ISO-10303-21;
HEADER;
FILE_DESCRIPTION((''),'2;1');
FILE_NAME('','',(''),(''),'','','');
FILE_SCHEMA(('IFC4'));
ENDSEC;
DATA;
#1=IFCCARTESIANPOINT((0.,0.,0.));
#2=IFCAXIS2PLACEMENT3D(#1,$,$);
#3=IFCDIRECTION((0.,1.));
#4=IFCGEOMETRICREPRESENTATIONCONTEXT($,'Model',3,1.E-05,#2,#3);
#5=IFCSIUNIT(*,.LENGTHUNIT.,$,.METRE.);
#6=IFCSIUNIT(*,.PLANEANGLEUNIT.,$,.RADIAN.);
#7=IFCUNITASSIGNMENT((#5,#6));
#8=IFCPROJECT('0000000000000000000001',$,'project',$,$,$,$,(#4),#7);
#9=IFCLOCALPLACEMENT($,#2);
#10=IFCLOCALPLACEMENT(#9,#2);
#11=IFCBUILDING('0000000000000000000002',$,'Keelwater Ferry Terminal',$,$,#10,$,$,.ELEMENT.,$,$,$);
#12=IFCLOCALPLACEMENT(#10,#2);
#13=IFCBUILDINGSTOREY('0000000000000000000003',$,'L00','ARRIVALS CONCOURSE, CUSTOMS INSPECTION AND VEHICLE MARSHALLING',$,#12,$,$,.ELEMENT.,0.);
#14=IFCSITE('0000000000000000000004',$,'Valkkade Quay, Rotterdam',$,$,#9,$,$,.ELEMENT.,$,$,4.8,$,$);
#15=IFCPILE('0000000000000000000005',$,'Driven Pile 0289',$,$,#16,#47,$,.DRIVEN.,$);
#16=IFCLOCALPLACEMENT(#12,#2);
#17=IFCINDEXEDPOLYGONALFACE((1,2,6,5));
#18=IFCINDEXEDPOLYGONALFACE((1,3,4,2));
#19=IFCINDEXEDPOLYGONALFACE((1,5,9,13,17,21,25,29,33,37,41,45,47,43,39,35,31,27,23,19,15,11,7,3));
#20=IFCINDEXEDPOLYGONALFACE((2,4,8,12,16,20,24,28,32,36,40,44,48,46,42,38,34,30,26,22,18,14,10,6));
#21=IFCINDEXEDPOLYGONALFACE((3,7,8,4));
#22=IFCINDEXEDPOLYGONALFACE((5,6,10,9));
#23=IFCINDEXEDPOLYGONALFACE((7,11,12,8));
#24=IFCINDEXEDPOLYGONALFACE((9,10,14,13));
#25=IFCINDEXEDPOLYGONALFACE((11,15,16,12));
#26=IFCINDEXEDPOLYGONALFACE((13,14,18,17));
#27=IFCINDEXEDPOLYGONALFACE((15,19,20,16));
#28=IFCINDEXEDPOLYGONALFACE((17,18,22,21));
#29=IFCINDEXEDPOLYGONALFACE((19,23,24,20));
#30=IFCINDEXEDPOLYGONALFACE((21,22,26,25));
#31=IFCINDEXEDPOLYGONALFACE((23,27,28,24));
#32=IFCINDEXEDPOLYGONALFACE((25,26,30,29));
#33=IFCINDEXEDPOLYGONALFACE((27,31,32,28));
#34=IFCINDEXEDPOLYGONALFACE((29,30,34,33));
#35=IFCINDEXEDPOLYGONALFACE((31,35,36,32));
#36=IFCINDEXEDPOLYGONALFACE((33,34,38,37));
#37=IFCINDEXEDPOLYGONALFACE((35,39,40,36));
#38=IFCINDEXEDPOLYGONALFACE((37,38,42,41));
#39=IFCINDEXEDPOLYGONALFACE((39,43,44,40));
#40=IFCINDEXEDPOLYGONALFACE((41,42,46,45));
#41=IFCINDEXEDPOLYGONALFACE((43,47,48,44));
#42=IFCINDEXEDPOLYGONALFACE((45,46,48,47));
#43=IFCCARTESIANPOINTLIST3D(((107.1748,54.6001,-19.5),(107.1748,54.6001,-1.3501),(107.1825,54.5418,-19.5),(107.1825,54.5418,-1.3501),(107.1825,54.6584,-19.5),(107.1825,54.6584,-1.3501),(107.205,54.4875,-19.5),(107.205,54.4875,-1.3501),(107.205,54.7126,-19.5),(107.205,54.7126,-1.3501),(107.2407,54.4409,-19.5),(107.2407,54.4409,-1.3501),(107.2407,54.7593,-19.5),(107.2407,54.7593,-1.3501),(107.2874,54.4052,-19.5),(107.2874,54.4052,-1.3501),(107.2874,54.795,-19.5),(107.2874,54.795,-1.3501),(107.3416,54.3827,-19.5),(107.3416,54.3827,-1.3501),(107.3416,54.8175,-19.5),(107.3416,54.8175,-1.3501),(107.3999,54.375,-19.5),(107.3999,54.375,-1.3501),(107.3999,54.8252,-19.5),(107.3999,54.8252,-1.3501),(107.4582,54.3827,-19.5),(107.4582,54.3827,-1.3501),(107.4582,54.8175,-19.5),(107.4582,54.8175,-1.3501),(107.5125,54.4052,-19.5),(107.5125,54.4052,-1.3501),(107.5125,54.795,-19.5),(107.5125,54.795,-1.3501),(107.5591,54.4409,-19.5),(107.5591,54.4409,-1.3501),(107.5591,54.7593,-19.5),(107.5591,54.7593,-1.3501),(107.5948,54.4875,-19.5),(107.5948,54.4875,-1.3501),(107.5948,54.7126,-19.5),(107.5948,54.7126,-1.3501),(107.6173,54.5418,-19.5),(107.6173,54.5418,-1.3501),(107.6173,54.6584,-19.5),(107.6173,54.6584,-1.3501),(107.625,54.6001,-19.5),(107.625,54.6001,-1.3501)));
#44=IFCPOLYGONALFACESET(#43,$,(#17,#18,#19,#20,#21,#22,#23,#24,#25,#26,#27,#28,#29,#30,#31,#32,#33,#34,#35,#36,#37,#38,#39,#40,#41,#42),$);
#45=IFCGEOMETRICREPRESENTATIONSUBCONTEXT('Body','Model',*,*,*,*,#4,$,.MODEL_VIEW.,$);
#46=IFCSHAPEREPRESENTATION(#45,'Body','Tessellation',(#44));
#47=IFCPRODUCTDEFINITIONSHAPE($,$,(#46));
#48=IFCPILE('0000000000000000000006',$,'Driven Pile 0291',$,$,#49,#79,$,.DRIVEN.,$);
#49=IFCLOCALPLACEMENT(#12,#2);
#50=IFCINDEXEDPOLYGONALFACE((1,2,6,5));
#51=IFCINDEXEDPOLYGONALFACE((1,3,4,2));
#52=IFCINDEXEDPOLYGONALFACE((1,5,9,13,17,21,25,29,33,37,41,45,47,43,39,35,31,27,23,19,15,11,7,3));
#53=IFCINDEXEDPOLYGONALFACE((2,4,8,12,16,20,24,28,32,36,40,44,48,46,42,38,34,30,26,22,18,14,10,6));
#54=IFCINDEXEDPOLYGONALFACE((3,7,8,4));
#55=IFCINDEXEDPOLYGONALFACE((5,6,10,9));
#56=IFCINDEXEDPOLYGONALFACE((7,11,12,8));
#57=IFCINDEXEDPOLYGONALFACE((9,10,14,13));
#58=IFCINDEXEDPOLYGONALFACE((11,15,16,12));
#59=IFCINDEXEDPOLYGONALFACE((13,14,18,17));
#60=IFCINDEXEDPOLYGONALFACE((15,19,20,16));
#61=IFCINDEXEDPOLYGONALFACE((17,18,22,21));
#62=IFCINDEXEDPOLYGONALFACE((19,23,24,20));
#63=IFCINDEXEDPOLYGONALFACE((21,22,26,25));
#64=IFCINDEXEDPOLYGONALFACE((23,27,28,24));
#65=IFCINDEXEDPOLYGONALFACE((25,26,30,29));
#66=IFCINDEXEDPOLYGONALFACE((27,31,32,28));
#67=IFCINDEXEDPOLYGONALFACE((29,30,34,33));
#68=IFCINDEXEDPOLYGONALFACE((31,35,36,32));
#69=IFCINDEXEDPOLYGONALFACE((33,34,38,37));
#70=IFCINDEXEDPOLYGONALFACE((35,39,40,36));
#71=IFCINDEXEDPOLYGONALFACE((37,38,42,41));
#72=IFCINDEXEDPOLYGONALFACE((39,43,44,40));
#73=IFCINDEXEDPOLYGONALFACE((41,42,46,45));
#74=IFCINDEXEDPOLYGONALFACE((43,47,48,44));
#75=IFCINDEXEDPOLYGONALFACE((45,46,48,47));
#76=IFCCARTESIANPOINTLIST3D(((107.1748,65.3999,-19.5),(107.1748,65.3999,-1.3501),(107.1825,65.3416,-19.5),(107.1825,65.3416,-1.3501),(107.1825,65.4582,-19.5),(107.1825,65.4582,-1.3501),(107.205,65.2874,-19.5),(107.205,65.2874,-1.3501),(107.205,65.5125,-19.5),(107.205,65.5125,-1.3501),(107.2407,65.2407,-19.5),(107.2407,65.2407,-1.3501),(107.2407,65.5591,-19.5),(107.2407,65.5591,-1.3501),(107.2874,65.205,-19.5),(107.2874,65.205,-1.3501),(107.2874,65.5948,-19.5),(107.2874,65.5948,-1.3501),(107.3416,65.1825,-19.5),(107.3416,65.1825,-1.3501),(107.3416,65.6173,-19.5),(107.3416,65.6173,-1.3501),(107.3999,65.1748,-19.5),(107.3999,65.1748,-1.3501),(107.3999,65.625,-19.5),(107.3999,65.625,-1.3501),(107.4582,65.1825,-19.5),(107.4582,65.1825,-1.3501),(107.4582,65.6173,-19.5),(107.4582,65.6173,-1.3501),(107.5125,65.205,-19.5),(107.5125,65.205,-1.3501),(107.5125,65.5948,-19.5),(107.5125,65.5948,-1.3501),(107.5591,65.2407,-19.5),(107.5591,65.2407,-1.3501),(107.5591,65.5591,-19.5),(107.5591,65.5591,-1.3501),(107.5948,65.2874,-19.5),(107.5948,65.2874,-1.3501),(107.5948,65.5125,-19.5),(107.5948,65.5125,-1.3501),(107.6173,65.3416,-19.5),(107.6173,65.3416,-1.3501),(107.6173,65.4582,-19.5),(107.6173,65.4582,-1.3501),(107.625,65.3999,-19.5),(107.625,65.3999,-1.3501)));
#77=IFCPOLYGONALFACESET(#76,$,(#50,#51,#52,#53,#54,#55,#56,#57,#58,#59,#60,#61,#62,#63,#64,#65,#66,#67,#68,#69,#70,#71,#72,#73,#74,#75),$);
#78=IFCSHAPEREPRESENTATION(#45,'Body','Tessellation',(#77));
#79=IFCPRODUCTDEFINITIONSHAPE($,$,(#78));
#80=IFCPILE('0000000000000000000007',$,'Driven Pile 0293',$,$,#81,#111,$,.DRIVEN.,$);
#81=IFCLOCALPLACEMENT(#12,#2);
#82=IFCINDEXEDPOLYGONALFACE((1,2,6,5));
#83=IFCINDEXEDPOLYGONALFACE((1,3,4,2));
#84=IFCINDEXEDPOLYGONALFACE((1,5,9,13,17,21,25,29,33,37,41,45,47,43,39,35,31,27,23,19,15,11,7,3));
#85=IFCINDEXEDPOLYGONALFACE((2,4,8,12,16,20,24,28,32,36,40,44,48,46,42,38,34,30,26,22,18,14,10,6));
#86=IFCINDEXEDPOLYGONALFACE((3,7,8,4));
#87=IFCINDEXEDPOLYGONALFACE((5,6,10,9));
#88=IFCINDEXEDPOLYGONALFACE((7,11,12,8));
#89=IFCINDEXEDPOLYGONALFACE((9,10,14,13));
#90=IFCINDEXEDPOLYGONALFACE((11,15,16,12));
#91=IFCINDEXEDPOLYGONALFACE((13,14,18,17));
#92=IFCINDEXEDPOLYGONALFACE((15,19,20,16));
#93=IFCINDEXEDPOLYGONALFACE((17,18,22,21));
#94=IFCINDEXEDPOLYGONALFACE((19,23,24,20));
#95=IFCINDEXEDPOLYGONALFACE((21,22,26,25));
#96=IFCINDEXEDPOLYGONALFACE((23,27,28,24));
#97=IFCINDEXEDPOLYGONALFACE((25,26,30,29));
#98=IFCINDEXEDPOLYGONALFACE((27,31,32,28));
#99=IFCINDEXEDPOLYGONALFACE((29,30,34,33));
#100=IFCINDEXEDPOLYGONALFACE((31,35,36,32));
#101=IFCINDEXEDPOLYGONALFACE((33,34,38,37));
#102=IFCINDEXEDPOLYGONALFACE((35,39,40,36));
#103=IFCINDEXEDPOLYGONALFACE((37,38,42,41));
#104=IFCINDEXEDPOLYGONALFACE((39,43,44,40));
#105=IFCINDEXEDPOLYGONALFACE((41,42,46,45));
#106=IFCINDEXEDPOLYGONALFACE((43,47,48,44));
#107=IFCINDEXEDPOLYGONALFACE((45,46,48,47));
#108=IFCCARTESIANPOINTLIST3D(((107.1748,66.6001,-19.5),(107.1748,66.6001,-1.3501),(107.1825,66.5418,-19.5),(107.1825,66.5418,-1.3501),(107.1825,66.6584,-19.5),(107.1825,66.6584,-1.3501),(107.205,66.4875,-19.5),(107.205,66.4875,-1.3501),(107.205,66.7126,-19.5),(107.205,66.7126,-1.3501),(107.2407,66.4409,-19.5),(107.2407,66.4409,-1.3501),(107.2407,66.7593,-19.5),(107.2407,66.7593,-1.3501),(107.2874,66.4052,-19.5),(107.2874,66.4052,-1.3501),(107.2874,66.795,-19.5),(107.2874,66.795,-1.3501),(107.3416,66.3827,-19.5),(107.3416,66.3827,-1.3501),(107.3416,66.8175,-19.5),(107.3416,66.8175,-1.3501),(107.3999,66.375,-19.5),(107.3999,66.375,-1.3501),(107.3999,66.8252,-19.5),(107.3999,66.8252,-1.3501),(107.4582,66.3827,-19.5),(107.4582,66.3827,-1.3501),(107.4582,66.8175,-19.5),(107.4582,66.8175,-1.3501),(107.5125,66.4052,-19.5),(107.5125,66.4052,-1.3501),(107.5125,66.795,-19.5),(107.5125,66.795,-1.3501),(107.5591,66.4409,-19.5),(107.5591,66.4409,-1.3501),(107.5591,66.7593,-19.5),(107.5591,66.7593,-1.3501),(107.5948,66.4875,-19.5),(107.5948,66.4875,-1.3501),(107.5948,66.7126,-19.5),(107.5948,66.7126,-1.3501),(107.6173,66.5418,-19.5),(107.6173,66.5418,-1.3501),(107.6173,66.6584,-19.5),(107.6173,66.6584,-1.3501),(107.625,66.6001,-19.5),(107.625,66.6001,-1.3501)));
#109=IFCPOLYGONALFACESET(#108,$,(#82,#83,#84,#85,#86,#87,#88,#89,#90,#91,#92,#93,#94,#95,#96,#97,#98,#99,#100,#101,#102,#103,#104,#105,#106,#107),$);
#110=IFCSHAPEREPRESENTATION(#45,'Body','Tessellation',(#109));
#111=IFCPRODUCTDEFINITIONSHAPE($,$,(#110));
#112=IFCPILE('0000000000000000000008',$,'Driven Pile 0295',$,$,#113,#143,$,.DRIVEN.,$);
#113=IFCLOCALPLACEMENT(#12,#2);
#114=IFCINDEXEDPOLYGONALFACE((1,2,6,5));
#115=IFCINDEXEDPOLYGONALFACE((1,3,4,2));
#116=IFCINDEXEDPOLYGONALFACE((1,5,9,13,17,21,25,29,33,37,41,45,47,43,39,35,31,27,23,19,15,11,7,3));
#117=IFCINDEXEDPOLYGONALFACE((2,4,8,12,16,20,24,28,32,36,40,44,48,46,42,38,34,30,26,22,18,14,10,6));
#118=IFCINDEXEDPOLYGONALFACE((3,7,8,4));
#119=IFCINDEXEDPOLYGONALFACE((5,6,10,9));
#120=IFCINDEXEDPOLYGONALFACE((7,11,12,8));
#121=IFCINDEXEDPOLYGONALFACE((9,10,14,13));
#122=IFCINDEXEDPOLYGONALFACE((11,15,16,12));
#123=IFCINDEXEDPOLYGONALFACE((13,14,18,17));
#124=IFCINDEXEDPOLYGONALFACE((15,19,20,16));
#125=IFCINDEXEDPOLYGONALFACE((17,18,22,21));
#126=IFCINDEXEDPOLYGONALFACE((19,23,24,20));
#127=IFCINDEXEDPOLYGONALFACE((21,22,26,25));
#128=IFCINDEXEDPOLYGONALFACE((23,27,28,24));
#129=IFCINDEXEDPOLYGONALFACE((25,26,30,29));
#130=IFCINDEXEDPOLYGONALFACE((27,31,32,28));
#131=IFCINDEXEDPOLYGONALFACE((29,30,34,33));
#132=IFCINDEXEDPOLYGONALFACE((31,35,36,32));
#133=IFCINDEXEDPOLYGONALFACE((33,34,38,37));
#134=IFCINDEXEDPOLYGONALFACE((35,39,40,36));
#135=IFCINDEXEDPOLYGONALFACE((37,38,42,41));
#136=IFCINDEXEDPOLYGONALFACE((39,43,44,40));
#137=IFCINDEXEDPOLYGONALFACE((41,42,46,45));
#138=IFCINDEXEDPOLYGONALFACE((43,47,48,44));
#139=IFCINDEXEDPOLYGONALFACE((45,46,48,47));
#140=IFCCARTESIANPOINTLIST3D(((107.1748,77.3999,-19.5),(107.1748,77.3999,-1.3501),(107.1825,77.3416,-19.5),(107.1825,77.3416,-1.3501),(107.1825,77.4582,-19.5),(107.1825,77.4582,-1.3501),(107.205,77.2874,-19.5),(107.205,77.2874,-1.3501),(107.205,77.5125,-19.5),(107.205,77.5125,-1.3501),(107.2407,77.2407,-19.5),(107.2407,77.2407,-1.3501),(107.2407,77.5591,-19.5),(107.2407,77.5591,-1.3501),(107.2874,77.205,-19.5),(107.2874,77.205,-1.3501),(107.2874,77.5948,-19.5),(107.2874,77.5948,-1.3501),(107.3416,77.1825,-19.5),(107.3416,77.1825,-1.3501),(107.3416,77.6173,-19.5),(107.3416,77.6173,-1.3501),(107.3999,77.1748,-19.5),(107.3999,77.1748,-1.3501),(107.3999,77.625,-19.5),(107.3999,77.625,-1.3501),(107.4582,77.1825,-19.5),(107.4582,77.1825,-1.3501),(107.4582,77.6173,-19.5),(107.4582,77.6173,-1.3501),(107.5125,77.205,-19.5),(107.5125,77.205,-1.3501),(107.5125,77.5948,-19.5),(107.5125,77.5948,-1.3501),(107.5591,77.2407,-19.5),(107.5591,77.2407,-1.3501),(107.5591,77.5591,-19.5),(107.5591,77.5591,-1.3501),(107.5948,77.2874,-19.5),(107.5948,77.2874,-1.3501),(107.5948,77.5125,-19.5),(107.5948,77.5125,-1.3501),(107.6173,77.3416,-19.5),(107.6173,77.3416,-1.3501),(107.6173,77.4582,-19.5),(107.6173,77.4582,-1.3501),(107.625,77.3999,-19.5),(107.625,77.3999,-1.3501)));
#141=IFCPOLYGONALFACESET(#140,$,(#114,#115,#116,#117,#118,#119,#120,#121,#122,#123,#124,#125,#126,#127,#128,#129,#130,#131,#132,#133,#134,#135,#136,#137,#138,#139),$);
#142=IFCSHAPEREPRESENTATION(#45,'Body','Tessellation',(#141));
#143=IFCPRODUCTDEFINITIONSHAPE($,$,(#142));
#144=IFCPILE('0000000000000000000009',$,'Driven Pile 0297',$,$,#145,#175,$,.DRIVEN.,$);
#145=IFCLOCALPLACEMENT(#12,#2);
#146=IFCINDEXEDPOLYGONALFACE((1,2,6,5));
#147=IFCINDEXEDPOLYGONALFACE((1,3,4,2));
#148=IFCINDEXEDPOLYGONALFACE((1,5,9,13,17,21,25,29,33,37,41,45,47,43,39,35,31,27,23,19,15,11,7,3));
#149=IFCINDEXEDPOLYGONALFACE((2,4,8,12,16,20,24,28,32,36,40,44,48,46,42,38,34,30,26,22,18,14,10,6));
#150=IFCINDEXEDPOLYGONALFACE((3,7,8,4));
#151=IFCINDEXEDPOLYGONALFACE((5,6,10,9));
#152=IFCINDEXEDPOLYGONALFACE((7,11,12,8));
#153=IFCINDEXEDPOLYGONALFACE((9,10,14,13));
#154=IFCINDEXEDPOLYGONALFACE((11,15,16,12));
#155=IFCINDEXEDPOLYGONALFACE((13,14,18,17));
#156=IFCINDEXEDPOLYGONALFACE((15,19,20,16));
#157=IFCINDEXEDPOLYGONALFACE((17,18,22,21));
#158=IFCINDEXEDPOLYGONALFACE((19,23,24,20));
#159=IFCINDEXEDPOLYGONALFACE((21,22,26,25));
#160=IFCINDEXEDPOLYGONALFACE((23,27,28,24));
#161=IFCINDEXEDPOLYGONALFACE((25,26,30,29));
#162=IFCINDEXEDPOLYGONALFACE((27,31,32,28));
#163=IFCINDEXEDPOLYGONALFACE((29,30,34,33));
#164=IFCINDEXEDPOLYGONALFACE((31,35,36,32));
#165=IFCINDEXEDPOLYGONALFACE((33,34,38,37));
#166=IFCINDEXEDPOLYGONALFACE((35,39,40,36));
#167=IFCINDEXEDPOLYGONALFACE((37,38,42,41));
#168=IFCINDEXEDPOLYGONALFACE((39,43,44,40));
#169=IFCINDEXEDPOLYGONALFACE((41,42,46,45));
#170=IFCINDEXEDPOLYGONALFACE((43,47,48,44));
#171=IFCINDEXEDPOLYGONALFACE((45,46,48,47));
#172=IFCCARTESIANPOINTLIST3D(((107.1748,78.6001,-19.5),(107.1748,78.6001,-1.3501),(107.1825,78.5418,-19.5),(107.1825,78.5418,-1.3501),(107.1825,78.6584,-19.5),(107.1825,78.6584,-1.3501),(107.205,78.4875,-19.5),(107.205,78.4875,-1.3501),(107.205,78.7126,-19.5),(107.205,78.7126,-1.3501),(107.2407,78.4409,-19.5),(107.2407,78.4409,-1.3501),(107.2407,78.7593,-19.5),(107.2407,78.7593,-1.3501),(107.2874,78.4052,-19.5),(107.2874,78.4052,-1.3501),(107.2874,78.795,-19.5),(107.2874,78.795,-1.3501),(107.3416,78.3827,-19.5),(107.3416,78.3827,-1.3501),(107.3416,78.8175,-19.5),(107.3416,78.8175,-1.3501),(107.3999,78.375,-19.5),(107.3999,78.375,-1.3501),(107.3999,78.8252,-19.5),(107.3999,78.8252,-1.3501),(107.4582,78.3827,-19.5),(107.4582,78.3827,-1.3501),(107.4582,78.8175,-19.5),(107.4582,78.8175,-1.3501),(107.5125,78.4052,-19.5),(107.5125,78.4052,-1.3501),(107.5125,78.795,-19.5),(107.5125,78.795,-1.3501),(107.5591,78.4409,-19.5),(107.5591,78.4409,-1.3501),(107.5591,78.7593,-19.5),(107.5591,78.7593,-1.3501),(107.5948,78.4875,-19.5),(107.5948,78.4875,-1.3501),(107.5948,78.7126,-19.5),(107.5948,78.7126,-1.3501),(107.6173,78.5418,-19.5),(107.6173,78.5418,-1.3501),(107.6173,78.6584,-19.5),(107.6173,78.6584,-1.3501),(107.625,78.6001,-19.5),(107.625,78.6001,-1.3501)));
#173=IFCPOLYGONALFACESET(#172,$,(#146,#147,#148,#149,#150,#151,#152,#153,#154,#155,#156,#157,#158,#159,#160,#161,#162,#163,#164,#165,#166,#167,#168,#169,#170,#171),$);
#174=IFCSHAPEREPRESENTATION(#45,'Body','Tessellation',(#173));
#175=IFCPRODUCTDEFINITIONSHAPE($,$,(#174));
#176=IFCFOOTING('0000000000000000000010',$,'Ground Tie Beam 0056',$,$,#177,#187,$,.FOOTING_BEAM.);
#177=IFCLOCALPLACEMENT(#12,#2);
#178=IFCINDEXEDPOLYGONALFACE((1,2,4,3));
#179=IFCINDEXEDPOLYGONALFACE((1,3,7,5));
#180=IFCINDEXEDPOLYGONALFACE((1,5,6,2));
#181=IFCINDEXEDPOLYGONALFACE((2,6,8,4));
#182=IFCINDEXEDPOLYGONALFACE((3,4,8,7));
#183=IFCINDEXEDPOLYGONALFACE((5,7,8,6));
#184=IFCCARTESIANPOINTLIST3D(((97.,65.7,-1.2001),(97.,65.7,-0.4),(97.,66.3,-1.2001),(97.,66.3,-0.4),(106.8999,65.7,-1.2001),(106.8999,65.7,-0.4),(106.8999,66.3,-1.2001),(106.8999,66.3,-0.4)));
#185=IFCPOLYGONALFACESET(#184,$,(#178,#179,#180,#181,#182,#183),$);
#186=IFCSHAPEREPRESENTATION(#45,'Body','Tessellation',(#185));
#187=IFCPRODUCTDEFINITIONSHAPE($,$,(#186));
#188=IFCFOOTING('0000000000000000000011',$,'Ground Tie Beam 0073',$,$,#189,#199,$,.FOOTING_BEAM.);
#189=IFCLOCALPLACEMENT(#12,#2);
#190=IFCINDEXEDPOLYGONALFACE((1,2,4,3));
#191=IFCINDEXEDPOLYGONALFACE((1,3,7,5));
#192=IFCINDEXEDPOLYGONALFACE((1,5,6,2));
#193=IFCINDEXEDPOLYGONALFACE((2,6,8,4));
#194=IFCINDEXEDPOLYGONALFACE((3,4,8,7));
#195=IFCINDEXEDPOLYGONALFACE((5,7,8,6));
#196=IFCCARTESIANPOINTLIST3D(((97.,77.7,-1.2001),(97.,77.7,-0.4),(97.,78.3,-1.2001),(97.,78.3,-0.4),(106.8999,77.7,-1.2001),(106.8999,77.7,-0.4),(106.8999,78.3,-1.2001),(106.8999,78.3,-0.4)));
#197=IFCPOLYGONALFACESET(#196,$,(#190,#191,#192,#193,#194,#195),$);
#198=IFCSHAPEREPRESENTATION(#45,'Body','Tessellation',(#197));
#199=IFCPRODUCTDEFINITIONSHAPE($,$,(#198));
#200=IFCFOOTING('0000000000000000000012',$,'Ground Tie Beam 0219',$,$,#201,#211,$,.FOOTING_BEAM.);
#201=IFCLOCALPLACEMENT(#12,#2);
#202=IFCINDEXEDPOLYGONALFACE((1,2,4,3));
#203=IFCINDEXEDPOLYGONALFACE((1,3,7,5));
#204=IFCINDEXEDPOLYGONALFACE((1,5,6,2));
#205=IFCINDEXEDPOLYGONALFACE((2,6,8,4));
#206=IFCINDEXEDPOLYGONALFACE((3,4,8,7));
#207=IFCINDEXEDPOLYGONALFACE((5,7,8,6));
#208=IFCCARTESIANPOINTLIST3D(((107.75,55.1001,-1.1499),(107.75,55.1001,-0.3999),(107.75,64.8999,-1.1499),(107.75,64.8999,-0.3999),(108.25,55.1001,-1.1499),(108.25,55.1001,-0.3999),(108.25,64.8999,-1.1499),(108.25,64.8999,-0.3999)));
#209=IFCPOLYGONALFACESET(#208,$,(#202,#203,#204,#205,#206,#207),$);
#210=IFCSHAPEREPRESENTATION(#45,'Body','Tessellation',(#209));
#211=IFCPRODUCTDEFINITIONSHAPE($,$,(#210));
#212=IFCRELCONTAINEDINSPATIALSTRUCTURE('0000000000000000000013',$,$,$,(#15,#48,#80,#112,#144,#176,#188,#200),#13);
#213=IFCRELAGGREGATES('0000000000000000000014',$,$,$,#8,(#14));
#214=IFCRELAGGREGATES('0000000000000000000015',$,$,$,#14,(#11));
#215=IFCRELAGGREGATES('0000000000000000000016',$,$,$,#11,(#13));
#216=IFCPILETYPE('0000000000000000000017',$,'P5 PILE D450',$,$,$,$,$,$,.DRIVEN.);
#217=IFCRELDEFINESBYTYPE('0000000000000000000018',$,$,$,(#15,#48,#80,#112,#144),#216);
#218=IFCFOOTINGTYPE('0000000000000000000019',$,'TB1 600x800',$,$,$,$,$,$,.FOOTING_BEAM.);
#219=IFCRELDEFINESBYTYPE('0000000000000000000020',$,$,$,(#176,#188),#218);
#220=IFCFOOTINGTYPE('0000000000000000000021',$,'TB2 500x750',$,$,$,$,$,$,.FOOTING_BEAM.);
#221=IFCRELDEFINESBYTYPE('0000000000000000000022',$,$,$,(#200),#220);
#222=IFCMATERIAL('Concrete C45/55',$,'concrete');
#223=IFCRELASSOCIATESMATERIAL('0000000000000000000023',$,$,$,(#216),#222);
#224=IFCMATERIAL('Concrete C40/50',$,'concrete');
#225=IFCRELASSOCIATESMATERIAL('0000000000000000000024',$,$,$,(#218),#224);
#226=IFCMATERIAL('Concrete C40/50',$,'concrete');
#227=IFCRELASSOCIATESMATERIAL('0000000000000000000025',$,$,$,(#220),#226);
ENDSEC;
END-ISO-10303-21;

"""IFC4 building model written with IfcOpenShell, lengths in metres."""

from ifc_helpers import new_model, si_unit, direction, frame, origin, origin_2d, place, context, subcontext, project, spatial, rectangle, circle, extrude, material, material_profile, profile_set, type_object, element, save


model = new_model("IFC4")

# Units and contexts
model_context = context("Model", 3, precision=1e-05, world=origin(), true_north=direction((0.0, 1.0)))
body_context = subcontext(model_context, "Body", "Model", "MODEL_VIEW")
ifc_project = project(units=[si_unit("LENGTHUNIT", "METRE"), si_unit("PLANEANGLEUNIT", "RADIAN")], contexts=[model_context])

# Site, building, storey
site_placement = place(None, origin())
site = spatial("IfcSite", under=ifc_project, at=site_placement, Name="Valkkade Quay, Rotterdam", CompositionType="ELEMENT", RefElevation=4.8)
building_placement = place(site_placement, origin())
building = spatial("IfcBuilding", under=site, at=building_placement, Name="Keelwater Ferry Terminal", CompositionType="ELEMENT")
storey_placement = place(building_placement, origin())
storey = spatial("IfcBuildingStorey", under=building, at=storey_placement, Name="L00", Description="ARRIVALS CONCOURSE, CUSTOMS INSPECTION AND VEHICLE MARSHALLING", CompositionType="ELEMENT", Elevation=0.0)

# Piles
ifc_material_1 = material(Name="Concrete C45/55", Category="concrete")
ifc_material_profile_1 = material_profile(ifc_material_1, circle(Radius=0.2251, at=origin_2d()), Name="PILE D450")
ifc_profile_set_1 = profile_set([ifc_material_profile_1], Name="Concrete C45/55")
pile_type = type_object("IfcPileType", Name="P5 PILE D450", PredefinedType="DRIVEN", material=ifc_profile_set_1)
for number, where, z_axis, x_axis, name in (
    (1, (107.3999, 54.6001, -1.3501), (0.0, 0.0, -1.0), (1.0, 0.0, 0.0), "Driven Pile 0289"),
    (2, (107.3999, 65.3999, -1.3501), (0.0, 0.0, -1.0), (1.0, 0.0, 0.0), "Driven Pile 0291"),
    (3, (107.3999, 66.6001, -1.3501), (0.0, 0.0, -1.0), (1.0, 0.0, 0.0), "Driven Pile 0293"),
    (4, (107.3999, 77.3999, -1.3501), (0.0, 0.0, -1.0), (1.0, 0.0, 0.0), "Driven Pile 0295"),
    (5, (107.3999, 78.6001, -1.3501), (0.0, 0.0, -1.0), (1.0, 0.0, 0.0), "Driven Pile 0297"),
):
    element("IfcPile", number, at=place(storey_placement, frame(where, z_axis=z_axis, x_axis=x_axis)), inside=storey, type_object=pile_type, Name=name, PredefinedType="DRIVEN", context=body_context, shape_type="SweptSolid", body=[
        extrude(circle(Radius=0.2251, at=origin_2d()), origin(), (0.0, 0.0, 1.0), 18.1499),
    ])

# Footings
ifc_material_2 = material(Name="Concrete C40/50", Category="concrete")
ifc_material_profile_2 = material_profile(ifc_material_2, rectangle(XDim=0.6001, YDim=0.8, at=origin_2d()), Name="TB 600x800")
ifc_profile_set_2 = profile_set([ifc_material_profile_2], Name="Concrete C40/50")
footing_type_1 = type_object("IfcFootingType", Name="TB1 600x800", PredefinedType="FOOTING_BEAM", material=ifc_profile_set_2)
for number, where, z_axis, x_axis, name in (
    (6, (97.0, 66.0, -0.8), (1.0, 0.0, 0.0), (0.0, 1.0, 0.0), "Ground Tie Beam 0056"),
    (7, (97.0, 78.0, -0.8), (1.0, 0.0, 0.0), (0.0, 1.0, 0.0), "Ground Tie Beam 0073"),
):
    element("IfcFooting", number, at=place(storey_placement, frame(where, z_axis=z_axis, x_axis=x_axis)), inside=storey, type_object=footing_type_1, Name=name, PredefinedType="FOOTING_BEAM", context=body_context, shape_type="SweptSolid", body=[
        extrude(rectangle(XDim=0.6001, YDim=0.8, at=origin_2d()), origin(), (0.0, 0.0, 1.0), 9.8999),
    ])
ifc_material_3 = material(Name="Concrete C40/50", Category="concrete")
ifc_material_profile_3 = material_profile(ifc_material_3, rectangle(XDim=0.5, YDim=0.75, at=origin_2d()), Name="TB 500x750")
ifc_profile_set_3 = profile_set([ifc_material_profile_3], Name="Concrete C40/50")
footing_type_2 = type_object("IfcFootingType", Name="TB2 500x750", PredefinedType="FOOTING_BEAM", material=ifc_profile_set_3)
for number, where, z_axis, x_axis, name in (
    (8, (108.0, 55.1001, -0.7749), (0.0, 1.0, 0.0), (-1.0, 0.0, 0.0), "Ground Tie Beam 0219"),
):
    element("IfcFooting", number, at=place(storey_placement, frame(where, z_axis=z_axis, x_axis=x_axis)), inside=storey, type_object=footing_type_2, Name=name, PredefinedType="FOOTING_BEAM", context=body_context, shape_type="SweptSolid", body=[
        extrude(rectangle(XDim=0.5, YDim=0.75, at=origin_2d()), origin(), (0.0, 0.0, 1.0), 9.7998),
    ])

save(model, "model.ifc")
